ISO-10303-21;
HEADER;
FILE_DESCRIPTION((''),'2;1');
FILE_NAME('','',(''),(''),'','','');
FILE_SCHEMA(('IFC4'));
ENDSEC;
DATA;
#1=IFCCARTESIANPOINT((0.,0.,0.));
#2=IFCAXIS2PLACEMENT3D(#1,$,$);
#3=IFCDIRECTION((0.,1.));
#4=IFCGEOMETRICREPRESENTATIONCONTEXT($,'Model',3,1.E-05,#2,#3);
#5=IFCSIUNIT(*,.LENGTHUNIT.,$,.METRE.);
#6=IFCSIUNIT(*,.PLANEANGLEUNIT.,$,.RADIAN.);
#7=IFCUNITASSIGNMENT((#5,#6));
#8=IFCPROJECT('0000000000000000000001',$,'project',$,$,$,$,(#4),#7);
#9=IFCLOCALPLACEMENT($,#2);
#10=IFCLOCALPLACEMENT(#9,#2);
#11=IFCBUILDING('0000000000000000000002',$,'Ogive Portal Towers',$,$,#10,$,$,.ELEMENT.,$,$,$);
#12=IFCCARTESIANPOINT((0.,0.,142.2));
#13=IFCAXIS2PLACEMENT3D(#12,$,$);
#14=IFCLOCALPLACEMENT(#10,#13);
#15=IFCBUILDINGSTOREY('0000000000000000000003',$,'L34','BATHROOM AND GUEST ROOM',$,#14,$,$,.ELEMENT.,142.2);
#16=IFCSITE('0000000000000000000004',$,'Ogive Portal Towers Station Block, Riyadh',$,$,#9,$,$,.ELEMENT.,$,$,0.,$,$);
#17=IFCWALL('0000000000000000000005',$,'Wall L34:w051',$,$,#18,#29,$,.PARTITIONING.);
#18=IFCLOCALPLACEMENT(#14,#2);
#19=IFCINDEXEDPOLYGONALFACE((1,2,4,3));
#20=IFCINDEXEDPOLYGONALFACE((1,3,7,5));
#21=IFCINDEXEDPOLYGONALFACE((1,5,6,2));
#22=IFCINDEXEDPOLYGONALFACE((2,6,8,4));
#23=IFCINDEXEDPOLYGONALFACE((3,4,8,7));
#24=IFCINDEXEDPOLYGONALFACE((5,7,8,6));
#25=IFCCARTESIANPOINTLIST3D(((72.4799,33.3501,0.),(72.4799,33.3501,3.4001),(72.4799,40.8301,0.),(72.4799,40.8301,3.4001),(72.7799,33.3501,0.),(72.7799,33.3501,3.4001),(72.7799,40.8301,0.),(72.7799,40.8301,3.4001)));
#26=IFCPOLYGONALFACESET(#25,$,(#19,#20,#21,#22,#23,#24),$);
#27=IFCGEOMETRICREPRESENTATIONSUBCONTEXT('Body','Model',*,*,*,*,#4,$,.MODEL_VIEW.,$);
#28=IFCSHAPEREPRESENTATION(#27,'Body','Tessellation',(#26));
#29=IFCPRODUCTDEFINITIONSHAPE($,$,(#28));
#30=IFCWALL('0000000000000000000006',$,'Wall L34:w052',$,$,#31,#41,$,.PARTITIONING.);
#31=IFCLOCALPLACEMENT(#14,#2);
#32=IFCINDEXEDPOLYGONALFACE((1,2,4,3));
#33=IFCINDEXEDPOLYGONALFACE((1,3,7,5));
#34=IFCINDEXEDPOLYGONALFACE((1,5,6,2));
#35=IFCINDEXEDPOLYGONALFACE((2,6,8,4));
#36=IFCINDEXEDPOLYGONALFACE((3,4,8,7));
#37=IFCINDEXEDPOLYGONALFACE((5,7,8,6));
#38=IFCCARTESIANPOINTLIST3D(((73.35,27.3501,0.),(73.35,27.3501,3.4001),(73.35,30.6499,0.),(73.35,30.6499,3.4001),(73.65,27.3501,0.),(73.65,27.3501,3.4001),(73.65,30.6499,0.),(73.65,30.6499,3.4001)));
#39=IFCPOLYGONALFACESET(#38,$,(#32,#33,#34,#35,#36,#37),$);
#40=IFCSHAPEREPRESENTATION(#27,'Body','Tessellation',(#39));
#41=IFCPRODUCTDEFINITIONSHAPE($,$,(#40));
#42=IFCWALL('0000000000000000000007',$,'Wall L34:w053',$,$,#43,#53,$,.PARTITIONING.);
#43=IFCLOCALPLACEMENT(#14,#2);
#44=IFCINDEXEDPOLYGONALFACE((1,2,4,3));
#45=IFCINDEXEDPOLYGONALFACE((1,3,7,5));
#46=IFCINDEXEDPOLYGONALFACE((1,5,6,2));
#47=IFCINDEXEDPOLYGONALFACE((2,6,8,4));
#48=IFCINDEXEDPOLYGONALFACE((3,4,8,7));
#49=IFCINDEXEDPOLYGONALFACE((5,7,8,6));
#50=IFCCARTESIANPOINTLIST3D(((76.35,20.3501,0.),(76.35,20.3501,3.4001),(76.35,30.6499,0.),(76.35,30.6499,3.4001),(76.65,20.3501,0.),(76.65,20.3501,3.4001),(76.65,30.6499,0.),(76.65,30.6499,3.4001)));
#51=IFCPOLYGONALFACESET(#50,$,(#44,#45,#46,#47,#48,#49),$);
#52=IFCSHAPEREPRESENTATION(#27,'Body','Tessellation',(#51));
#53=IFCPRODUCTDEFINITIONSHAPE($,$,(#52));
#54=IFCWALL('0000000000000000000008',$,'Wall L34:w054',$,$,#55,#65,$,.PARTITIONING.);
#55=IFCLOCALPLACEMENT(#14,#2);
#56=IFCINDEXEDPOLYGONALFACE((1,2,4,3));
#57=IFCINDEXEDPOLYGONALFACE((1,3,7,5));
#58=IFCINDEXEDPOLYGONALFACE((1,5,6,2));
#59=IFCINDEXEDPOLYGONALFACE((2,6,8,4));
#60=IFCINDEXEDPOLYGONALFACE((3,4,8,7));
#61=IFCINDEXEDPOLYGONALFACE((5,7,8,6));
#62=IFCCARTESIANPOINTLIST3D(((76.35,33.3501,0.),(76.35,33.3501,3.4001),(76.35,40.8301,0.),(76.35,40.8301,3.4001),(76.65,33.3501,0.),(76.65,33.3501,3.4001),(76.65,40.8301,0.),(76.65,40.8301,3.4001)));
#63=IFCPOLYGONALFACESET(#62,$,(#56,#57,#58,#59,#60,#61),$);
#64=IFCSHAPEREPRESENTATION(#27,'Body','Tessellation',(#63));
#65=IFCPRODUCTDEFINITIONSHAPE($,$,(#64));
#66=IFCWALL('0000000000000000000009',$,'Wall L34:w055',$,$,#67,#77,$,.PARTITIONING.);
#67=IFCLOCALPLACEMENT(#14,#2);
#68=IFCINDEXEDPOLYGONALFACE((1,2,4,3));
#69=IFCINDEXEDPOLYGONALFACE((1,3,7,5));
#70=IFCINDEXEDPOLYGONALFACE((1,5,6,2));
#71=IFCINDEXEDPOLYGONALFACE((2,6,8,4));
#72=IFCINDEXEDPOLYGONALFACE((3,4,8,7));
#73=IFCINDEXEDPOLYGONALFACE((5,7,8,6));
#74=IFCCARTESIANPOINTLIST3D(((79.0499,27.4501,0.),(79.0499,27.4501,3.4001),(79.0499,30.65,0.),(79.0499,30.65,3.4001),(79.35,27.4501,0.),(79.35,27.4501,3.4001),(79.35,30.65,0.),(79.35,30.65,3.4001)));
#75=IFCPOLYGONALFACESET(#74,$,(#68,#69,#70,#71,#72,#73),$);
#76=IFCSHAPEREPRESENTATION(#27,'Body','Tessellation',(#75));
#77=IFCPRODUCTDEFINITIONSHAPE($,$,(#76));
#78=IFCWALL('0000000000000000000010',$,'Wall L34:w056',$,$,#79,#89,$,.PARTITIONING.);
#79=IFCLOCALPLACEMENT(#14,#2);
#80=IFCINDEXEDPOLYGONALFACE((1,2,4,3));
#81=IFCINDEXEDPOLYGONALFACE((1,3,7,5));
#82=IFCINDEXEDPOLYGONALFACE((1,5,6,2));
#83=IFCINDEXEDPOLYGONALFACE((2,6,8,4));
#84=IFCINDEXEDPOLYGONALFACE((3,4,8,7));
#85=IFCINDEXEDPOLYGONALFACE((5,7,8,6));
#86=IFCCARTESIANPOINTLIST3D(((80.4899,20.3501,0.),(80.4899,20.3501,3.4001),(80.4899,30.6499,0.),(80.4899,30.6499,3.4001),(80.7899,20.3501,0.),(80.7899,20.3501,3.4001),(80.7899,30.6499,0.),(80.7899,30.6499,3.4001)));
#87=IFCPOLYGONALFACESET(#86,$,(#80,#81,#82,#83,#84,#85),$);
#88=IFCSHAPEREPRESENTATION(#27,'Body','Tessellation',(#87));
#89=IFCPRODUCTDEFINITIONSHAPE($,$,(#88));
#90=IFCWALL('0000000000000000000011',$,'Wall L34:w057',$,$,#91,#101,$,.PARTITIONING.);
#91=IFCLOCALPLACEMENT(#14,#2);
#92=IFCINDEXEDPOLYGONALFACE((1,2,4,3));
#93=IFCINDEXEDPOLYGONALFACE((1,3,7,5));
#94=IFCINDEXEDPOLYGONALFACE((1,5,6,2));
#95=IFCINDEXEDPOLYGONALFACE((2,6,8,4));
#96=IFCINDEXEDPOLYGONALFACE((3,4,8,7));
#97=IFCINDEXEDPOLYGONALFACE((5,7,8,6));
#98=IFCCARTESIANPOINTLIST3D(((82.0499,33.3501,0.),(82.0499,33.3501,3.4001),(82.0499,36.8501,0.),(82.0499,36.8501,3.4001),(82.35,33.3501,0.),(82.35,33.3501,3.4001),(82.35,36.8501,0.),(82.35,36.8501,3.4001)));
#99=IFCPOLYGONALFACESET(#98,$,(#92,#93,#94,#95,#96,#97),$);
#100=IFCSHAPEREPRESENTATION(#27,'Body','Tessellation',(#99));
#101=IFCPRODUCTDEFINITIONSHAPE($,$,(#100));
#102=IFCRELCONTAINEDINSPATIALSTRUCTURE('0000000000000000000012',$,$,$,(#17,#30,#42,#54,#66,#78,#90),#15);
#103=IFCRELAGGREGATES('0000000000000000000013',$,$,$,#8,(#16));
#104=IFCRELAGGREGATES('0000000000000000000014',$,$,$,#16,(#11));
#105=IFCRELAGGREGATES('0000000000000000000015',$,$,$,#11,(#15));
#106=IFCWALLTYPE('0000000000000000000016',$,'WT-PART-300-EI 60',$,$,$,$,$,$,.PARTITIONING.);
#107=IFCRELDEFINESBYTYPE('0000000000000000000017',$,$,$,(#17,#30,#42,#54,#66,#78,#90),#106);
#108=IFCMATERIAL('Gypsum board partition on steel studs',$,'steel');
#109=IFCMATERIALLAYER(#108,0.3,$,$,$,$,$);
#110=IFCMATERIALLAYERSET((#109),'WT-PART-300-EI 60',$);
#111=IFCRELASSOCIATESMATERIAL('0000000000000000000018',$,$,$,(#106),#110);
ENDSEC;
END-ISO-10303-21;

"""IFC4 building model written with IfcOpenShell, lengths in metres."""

from ifc_helpers import new_model, si_unit, direction, frame, frame_2d, origin, place, context, subcontext, project, spatial, rectangle, extrude, material, layer, layer_set, type_object, element, save


model = new_model("IFC4")

# Units and contexts
model_context = context("Model", 3, precision=1e-05, world=origin(), true_north=direction((0.0, 1.0)))
body_context = subcontext(model_context, "Body", "Model", "MODEL_VIEW")
ifc_project = project(units=[si_unit("LENGTHUNIT", "METRE"), si_unit("PLANEANGLEUNIT", "RADIAN")], contexts=[model_context])

# Site, building, storey
site_placement = place(None, origin())
site = spatial("IfcSite", under=ifc_project, at=site_placement, Name="Ogive Portal Towers Station Block, Riyadh", CompositionType="ELEMENT", RefElevation=0.0)
building_placement = place(site_placement, origin())
building = spatial("IfcBuilding", under=site, at=building_placement, Name="Ogive Portal Towers", CompositionType="ELEMENT")
storey_placement = place(building_placement, frame((0.0, 0.0, 142.2)))
storey = spatial("IfcBuildingStorey", under=building, at=storey_placement, Name="L34", Description="BATHROOM AND GUEST ROOM", CompositionType="ELEMENT", Elevation=142.2)

# Shared definitions
ifc_material_1 = material(Name="Gypsum board partition on steel studs", Category="steel")
ifc_layer = layer(ifc_material_1, 0.3)
ifc_layer_set = layer_set([ifc_layer], Name="WT-PART-300-EI 60")
wall_type = type_object("IfcWallType", Name="WT-PART-300-EI 60", PredefinedType="PARTITIONING", material=ifc_layer_set)

# Walls
wall_1_placement = place(storey_placement, frame((72.6299, 33.3501, 0.0), z_axis=(0.0, 0.0, 1.0), x_axis=(0.0, 1.0, 0.0)))
element("IfcWall", 1, at=wall_1_placement, inside=storey, type_object=wall_type, Name="Wall L34:w051", PredefinedType="PARTITIONING", context=body_context, shape_type="SweptSolid", body=[
    extrude(rectangle(XDim=7.48, YDim=0.3, at=frame_2d((3.74, 0.0))), origin(), (0.0, 0.0, 1.0), 3.4001),
])
wall_2_placement = place(storey_placement, frame((73.5, 27.3501, 0.0), z_axis=(0.0, 0.0, 1.0), x_axis=(0.0, 1.0, 0.0)))
element("IfcWall", 2, at=wall_2_placement, inside=storey, type_object=wall_type, Name="Wall L34:w052", PredefinedType="PARTITIONING", context=body_context, shape_type="SweptSolid", body=[
    extrude(rectangle(XDim=3.2998, YDim=0.3, at=frame_2d((1.6499, 0.0))), origin(), (0.0, 0.0, 1.0), 3.4001),
])
wall_3_placement = place(storey_placement, frame((76.5, 20.3501, 0.0), z_axis=(0.0, 0.0, 1.0), x_axis=(0.0, 1.0, 0.0)))
element("IfcWall", 3, at=wall_3_placement, inside=storey, type_object=wall_type, Name="Wall L34:w053", PredefinedType="PARTITIONING", context=body_context, shape_type="SweptSolid", body=[
    extrude(rectangle(XDim=10.2998, YDim=0.3, at=frame_2d((5.1499, 0.0))), origin(), (0.0, 0.0, 1.0), 3.4001),
])
wall_4_placement = place(storey_placement, frame((76.5, 33.3501, 0.0), z_axis=(0.0, 0.0, 1.0), x_axis=(0.0, 1.0, 0.0)))
element("IfcWall", 4, at=wall_4_placement, inside=storey, type_object=wall_type, Name="Wall L34:w054", PredefinedType="PARTITIONING", context=body_context, shape_type="SweptSolid", body=[
    extrude(rectangle(XDim=7.48, YDim=0.3, at=frame_2d((3.74, 0.0))), origin(), (0.0, 0.0, 1.0), 3.4001),
])
wall_5_placement = place(storey_placement, frame((79.2, 27.45, 0.0), z_axis=(0.0, 0.0, 1.0), x_axis=(0.0, 1.0, 0.0)))
element("IfcWall", 5, at=wall_5_placement, inside=storey, type_object=wall_type, Name="Wall L34:w055", PredefinedType="PARTITIONING", context=body_context, shape_type="SweptSolid", body=[
    extrude(rectangle(XDim=3.2, YDim=0.3, at=frame_2d((1.6001, 0.0))), origin(), (0.0, 0.0, 1.0), 3.4001),
])
wall_6_placement = place(storey_placement, frame((80.6399, 20.3501, 0.0), z_axis=(0.0, 0.0, 1.0), x_axis=(0.0, 1.0, 0.0)))
element("IfcWall", 6, at=wall_6_placement, inside=storey, type_object=wall_type, Name="Wall L34:w056", PredefinedType="PARTITIONING", context=body_context, shape_type="SweptSolid", body=[
    extrude(rectangle(XDim=10.2998, YDim=0.3, at=frame_2d((5.1499, 0.0))), origin(), (0.0, 0.0, 1.0), 3.4001),
])
wall_7_placement = place(storey_placement, frame((82.2, 33.3501, 0.0), z_axis=(0.0, 0.0, 1.0), x_axis=(0.0, 1.0, 0.0)))
element("IfcWall", 7, at=wall_7_placement, inside=storey, type_object=wall_type, Name="Wall L34:w057", PredefinedType="PARTITIONING", context=body_context, shape_type="SweptSolid", body=[
    extrude(rectangle(XDim=3.5, YDim=0.3, at=frame_2d((1.75, 0.0))), origin(), (0.0, 0.0, 1.0), 3.4001),
])

save(model, "model.ifc")
